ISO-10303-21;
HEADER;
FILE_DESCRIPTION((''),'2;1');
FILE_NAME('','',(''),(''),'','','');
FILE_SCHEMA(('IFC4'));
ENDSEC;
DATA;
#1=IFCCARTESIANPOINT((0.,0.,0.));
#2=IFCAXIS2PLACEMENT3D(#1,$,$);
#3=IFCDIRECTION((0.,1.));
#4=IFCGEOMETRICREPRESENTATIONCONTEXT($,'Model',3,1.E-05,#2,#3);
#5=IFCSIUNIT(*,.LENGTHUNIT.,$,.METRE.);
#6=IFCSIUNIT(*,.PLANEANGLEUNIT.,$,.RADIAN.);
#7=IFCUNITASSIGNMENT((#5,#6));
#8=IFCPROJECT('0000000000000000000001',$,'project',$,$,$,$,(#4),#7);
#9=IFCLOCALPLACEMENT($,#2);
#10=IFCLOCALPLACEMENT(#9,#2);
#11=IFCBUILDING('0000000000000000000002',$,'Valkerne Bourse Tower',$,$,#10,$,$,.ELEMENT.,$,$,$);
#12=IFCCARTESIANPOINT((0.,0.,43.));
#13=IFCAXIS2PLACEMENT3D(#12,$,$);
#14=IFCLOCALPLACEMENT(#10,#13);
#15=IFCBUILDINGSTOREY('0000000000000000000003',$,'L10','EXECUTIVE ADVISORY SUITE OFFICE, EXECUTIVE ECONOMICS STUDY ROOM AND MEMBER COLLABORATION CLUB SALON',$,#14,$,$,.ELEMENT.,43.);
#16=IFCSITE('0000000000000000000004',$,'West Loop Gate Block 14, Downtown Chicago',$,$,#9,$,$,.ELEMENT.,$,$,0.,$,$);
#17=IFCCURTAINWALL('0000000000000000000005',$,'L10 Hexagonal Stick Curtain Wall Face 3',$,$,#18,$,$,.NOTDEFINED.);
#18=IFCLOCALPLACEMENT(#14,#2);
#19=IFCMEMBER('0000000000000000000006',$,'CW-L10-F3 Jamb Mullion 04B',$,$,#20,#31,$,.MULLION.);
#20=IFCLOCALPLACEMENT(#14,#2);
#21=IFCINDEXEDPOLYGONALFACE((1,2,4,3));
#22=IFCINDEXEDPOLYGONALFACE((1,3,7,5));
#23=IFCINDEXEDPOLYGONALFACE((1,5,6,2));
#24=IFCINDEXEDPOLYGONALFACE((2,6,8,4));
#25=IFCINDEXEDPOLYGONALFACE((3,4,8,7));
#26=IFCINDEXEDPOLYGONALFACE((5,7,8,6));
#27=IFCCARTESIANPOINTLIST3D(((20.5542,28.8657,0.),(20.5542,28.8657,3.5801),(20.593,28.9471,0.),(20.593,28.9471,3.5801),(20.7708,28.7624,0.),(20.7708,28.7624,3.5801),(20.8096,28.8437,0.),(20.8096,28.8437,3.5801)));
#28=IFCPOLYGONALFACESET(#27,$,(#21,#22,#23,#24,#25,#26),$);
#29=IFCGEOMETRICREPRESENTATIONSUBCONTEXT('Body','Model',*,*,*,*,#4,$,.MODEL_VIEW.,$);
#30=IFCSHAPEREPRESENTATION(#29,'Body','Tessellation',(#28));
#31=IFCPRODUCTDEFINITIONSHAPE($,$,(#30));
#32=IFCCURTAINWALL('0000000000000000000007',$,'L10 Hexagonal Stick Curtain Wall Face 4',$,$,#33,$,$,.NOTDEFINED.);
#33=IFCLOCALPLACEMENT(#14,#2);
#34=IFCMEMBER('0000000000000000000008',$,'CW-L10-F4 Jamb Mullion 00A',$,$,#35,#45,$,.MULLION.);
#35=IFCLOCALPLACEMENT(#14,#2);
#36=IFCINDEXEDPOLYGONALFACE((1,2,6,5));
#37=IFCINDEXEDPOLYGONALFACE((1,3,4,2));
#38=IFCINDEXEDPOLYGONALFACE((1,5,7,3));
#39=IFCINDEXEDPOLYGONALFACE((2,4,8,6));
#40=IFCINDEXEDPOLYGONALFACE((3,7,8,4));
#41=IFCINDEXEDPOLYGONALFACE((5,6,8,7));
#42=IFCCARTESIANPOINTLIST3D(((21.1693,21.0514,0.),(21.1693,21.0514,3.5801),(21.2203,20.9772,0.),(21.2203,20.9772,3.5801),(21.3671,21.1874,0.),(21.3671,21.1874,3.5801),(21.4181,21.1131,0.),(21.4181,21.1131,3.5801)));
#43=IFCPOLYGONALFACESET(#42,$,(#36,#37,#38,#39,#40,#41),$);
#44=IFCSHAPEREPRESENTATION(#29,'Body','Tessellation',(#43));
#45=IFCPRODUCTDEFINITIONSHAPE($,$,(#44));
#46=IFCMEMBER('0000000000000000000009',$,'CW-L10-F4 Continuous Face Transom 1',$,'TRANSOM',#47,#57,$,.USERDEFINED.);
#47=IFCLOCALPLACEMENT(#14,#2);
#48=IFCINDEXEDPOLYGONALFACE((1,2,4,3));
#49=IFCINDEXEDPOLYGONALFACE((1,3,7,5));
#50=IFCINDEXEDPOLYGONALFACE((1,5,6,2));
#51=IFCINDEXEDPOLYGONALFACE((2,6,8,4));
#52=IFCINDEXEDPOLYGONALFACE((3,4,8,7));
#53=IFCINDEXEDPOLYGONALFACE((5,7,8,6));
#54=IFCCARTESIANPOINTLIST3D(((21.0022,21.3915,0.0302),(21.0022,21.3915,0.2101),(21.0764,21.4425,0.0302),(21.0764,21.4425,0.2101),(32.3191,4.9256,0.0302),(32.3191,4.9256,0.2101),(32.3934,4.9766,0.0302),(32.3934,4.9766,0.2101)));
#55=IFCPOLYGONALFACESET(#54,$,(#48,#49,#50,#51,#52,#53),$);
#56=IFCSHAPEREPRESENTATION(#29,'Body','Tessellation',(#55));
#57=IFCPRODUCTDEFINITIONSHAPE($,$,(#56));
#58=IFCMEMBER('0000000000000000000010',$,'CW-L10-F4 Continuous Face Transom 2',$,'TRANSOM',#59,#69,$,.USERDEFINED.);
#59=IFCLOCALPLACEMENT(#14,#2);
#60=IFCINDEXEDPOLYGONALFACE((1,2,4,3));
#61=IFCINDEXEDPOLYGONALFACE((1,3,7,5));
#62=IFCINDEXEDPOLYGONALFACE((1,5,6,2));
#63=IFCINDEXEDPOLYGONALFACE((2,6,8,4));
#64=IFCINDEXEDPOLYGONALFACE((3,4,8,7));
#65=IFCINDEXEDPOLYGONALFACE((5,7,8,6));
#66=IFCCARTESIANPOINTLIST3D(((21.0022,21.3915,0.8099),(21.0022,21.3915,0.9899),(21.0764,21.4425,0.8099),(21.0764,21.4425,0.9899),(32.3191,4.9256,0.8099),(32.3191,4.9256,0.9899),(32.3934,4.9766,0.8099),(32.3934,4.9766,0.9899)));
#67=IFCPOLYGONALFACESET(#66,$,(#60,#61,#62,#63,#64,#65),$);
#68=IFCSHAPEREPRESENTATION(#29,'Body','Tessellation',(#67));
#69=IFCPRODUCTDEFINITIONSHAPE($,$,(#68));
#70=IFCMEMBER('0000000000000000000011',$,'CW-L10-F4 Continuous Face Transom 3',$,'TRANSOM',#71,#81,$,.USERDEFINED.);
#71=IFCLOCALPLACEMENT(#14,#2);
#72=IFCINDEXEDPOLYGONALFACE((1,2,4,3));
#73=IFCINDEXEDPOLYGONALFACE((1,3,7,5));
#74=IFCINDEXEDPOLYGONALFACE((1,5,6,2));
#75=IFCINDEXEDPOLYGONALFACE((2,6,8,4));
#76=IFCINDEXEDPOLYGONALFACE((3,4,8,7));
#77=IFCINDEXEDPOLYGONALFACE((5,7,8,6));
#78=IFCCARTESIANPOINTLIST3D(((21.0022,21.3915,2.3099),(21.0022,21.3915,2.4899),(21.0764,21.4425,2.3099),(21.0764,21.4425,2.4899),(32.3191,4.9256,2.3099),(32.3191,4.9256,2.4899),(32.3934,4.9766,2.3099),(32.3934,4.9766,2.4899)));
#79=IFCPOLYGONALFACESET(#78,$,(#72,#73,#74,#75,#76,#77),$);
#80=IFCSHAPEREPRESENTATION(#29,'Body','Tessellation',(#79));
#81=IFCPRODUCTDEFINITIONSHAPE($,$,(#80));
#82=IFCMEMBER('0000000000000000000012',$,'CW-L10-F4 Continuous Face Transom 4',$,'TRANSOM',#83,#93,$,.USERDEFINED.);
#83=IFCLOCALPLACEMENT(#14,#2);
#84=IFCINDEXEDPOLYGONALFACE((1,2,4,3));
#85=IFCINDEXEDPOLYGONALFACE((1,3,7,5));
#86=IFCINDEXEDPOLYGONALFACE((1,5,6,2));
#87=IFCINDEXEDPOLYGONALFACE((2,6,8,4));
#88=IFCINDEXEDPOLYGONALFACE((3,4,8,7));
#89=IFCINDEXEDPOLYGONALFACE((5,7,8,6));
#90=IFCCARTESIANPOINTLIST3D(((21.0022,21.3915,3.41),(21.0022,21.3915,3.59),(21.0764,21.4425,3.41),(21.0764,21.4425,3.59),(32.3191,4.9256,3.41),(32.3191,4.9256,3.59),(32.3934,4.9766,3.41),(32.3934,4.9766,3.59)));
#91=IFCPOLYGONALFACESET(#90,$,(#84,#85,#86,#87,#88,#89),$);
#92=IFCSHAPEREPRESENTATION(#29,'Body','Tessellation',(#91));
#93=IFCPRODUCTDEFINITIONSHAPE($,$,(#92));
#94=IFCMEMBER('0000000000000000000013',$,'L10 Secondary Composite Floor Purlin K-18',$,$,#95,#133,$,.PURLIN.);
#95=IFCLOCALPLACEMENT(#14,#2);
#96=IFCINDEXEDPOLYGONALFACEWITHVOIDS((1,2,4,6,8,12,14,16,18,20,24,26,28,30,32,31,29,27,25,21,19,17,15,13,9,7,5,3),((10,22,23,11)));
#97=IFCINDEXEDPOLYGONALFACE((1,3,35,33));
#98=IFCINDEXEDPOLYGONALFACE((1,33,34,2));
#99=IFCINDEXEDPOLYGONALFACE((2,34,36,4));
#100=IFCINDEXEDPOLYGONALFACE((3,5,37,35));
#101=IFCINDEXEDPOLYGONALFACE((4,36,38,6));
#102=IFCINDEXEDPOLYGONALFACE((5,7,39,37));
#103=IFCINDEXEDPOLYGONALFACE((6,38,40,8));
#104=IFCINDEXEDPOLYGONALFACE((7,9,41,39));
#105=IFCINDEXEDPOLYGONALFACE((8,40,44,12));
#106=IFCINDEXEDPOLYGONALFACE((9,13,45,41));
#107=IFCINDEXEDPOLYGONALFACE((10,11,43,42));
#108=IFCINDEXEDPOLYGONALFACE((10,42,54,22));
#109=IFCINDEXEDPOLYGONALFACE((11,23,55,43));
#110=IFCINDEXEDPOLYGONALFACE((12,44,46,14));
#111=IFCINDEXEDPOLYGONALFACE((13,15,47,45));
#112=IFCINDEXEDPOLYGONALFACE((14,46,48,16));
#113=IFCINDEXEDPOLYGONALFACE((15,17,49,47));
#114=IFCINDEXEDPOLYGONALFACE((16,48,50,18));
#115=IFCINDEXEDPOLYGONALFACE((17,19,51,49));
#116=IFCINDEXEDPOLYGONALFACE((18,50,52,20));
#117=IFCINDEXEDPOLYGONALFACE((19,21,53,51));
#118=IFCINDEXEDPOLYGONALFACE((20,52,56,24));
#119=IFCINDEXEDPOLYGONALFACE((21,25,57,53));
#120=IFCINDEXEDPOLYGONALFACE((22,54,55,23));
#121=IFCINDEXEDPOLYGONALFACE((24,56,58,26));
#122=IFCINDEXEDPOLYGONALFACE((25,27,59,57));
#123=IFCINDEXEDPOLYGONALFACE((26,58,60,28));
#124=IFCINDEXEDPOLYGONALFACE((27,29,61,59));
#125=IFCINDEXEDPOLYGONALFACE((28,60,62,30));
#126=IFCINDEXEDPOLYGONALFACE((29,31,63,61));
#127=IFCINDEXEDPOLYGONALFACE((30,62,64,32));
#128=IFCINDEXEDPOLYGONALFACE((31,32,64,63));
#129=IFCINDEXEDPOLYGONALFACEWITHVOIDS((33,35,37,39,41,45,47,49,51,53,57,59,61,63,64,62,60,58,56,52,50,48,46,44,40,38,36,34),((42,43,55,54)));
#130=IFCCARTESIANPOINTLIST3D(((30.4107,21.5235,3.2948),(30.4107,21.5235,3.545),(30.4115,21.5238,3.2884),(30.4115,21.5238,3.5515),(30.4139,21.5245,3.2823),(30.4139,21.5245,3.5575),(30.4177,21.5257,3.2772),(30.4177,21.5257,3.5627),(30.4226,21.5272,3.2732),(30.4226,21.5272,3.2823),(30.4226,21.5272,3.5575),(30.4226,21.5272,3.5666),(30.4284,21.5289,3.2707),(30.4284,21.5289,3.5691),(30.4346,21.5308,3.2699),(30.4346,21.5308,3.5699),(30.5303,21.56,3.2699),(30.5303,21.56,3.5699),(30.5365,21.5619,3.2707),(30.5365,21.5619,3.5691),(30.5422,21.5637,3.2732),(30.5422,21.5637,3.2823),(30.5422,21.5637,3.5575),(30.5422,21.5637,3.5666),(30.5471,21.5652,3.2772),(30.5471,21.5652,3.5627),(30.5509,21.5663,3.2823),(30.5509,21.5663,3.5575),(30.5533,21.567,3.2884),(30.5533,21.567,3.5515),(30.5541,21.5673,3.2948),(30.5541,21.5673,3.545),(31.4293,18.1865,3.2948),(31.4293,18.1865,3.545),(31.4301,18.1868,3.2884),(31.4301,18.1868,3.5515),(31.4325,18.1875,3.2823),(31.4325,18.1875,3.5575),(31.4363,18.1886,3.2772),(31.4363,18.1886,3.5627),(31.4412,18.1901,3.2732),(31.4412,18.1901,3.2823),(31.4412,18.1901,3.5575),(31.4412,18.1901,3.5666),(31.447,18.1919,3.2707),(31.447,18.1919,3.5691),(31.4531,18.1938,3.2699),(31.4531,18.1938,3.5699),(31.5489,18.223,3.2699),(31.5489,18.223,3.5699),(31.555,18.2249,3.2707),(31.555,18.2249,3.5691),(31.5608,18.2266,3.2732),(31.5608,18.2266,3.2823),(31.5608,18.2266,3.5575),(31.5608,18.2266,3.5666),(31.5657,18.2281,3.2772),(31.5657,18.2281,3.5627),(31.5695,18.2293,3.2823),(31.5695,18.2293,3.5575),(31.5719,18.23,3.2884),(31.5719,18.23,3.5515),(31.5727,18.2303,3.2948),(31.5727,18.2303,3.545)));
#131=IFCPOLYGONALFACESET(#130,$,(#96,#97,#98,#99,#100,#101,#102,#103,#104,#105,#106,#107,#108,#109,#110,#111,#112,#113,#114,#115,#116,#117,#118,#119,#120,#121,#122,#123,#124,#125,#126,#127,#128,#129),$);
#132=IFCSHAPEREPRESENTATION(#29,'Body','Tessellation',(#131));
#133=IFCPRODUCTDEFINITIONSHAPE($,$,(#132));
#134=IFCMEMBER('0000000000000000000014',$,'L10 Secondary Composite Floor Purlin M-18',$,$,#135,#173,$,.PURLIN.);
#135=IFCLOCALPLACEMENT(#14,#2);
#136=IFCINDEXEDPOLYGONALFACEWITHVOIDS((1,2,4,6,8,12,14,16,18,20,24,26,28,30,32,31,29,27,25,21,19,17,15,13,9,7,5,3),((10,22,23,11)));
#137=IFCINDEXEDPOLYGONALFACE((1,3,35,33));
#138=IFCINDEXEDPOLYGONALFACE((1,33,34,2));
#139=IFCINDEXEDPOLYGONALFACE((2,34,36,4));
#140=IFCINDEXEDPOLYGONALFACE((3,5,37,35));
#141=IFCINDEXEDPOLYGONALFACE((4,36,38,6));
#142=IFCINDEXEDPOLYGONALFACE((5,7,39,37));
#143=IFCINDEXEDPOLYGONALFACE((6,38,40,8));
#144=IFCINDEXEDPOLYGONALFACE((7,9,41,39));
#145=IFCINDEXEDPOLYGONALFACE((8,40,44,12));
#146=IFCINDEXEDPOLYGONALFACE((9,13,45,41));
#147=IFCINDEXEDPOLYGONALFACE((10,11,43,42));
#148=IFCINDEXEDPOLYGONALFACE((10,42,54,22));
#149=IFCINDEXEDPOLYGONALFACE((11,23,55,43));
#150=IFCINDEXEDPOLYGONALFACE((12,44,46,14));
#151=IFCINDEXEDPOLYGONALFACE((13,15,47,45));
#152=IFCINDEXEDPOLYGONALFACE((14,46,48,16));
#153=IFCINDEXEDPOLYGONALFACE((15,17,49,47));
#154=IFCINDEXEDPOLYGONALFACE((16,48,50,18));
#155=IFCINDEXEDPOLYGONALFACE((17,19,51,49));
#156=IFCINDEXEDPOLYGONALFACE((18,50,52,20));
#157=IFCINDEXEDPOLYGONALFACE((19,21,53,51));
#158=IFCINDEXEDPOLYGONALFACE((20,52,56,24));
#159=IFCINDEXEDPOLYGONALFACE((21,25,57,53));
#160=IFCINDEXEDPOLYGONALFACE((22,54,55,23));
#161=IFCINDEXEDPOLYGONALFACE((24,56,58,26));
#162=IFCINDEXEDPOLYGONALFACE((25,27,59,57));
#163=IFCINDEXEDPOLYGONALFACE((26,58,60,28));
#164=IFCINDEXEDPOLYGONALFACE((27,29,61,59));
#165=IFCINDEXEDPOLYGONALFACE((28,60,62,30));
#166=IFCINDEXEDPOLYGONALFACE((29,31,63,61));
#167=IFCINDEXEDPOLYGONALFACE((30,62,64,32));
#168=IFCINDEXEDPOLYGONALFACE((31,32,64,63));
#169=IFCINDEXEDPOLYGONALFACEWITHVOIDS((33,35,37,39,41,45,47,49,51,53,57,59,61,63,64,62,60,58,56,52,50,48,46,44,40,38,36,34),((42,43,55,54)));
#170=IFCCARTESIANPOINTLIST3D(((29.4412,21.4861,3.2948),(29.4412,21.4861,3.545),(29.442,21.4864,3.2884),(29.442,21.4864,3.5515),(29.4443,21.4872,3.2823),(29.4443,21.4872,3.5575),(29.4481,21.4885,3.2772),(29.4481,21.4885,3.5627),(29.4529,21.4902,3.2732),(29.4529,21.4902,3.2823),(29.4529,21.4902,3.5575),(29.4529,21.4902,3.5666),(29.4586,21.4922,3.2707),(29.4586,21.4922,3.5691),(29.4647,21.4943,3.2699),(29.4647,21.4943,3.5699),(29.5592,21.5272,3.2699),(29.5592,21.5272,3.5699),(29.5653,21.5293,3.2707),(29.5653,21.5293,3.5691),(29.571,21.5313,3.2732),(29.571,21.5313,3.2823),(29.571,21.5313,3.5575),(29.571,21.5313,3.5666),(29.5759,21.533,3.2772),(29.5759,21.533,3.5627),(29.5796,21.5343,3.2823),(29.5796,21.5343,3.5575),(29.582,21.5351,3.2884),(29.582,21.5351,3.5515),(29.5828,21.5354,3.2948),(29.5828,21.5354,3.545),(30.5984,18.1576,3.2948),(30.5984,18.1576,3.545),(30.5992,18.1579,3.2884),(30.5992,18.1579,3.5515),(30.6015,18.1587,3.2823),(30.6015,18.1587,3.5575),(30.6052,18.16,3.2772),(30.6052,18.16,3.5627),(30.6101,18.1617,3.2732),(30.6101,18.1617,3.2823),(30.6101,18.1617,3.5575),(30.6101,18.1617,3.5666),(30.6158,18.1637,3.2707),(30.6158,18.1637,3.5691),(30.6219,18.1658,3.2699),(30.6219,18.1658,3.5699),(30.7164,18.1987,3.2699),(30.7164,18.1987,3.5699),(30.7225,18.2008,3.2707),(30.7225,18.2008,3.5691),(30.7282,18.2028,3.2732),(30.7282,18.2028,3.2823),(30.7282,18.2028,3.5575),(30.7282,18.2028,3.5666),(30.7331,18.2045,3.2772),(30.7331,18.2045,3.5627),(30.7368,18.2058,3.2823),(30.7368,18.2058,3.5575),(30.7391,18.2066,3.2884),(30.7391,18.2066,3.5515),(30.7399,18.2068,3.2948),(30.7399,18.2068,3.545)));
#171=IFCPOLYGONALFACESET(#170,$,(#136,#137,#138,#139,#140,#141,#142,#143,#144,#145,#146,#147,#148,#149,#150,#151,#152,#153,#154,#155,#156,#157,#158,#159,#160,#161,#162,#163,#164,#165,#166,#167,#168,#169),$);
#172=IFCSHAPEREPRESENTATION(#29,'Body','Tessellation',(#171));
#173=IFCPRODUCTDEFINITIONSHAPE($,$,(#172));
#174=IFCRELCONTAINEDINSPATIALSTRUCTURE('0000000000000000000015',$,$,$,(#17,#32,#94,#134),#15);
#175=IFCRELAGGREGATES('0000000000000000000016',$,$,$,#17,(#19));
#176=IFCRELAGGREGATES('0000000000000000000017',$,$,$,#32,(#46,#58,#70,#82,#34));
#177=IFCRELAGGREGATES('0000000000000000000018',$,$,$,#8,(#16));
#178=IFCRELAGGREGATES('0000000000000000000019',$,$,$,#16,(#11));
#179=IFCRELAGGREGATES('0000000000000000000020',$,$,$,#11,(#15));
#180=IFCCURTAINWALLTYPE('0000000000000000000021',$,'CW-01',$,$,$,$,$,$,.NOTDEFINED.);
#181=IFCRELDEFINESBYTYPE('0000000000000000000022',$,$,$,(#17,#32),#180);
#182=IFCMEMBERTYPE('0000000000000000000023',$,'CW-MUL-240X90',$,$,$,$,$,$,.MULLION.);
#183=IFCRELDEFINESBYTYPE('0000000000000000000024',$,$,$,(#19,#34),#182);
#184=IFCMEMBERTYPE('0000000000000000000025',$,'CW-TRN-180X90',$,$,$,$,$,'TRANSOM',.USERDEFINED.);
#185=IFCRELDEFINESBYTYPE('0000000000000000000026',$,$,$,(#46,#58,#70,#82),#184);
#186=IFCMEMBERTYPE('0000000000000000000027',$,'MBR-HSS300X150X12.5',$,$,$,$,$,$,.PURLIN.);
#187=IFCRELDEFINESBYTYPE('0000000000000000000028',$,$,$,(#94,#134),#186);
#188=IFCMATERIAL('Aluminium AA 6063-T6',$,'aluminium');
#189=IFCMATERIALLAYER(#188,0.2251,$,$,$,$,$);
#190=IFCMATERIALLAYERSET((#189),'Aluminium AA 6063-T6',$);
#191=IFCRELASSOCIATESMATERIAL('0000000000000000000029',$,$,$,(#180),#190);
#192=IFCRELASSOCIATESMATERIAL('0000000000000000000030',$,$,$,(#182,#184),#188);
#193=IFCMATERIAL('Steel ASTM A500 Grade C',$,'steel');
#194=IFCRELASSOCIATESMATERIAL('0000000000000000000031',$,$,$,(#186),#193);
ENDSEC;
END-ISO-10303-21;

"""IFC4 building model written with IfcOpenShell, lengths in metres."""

from ifc_helpers import new_model, si_unit, direction, frame, origin, origin_2d, place, context, subcontext, project, spatial, rectangle, hollow_rectangle, extrude, material, layer, layer_set, material_profile, profile_set, type_object, element, aggregate, save


model = new_model("IFC4")

# Units and contexts
model_context = context("Model", 3, precision=1e-05, world=origin(), true_north=direction((0.0, 1.0)))
body_context = subcontext(model_context, "Body", "Model", "MODEL_VIEW")
ifc_project = project(units=[si_unit("LENGTHUNIT", "METRE"), si_unit("PLANEANGLEUNIT", "RADIAN")], contexts=[model_context])

# Site, building, storey
site_placement = place(None, origin())
site = spatial("IfcSite", under=ifc_project, at=site_placement, Name="West Loop Gate Block 14, Downtown Chicago", CompositionType="ELEMENT", RefElevation=0.0)
building_placement = place(site_placement, origin())
building = spatial("IfcBuilding", under=site, at=building_placement, Name="Valkerne Bourse Tower", CompositionType="ELEMENT")
storey_placement = place(building_placement, frame((0.0, 0.0, 43.0)))
storey = spatial("IfcBuildingStorey", under=building, at=storey_placement, Name="L10", Description="EXECUTIVE ADVISORY SUITE OFFICE, EXECUTIVE ECONOMICS STUDY ROOM AND MEMBER COLLABORATION CLUB SALON", CompositionType="ELEMENT", Elevation=43.0)

# Curtain wall, member
ifc_material_1 = material(Name="Aluminium AA 6063-T6", Category="aluminium")
ifc_layer_1 = layer(ifc_material_1, 0.2251)
ifc_layer_set_1 = layer_set([ifc_layer_1], Name="Aluminium AA 6063-T6")
curtain_wall_type = type_object("IfcCurtainWallType", Name="CW-01", PredefinedType="NOTDEFINED", material=ifc_layer_set_1)
curtain_wall_1_placement = place(storey_placement, origin())
curtain_wall_1 = element("IfcCurtainWall", 1, at=curtain_wall_1_placement, inside=storey, type_object=curtain_wall_type, Name="L10 Hexagonal Stick Curtain Wall Face 3", PredefinedType="NOTDEFINED")
ifc_material_profile_1 = material_profile(ifc_material_1, rectangle(XDim=0.0901, YDim=0.24, at=origin_2d()), Name="CWM-90X240")
ifc_profile_set_1 = profile_set([ifc_material_profile_1], Name="Aluminium AA 6063-T6")
member_type_1 = type_object("IfcMemberType", Name="CW-MUL-240X90", PredefinedType="MULLION", material=ifc_profile_set_1)
member_1_placement = place(storey_placement, frame((20.6819, 28.8547, 0.0), z_axis=(0.0, 0.0, 1.0), x_axis=(-0.43051, -0.902586, 0.0)))
member_1 = element("IfcMember", 2, at=member_1_placement, type_object=member_type_1, Name="CW-L10-F3 Jamb Mullion 04B", PredefinedType="MULLION", context=body_context, shape_type="SweptSolid", body=[
    extrude(rectangle(XDim=0.0901, YDim=0.24, at=origin_2d()), origin(), (0.0, 0.0, 1.0), 3.5801),
])

# Curtain wall, members
curtain_wall_2_placement = place(storey_placement, origin())
curtain_wall_2 = element("IfcCurtainWall", 3, at=curtain_wall_2_placement, inside=storey, type_object=curtain_wall_type, Name="L10 Hexagonal Stick Curtain Wall Face 4", PredefinedType="NOTDEFINED")
member_2_placement = place(storey_placement, frame((21.2937, 21.0823, 0.0), z_axis=(0.0, 0.0, 1.0), x_axis=(0.566414, -0.824121, 0.0)))
member_2 = element("IfcMember", 4, at=member_2_placement, type_object=member_type_1, Name="CW-L10-F4 Jamb Mullion 00A", PredefinedType="MULLION", context=body_context, shape_type="SweptSolid", body=[
    extrude(rectangle(XDim=0.0901, YDim=0.24, at=origin_2d()), origin(), (0.0, 0.0, 1.0), 3.5801),
])
ifc_material_profile_2 = material_profile(ifc_material_1, rectangle(XDim=0.0901, YDim=0.1799, at=origin_2d()), Name="CWT-90X180")
ifc_profile_set_2 = profile_set([ifc_material_profile_2], Name="Aluminium AA 6063-T6")
member_type_2 = type_object("IfcMemberType", Name="CW-TRN-180X90", ElementType="TRANSOM", PredefinedType="USERDEFINED", material=ifc_profile_set_2)
member_3_placement = place(storey_placement, frame((21.0393, 21.417, 0.1201), z_axis=(0.566415, -0.82412, 0.0), x_axis=(0.82412, 0.566415, 0.0)))
member_3 = element("IfcMember", 5, at=member_3_placement, type_object=member_type_2, Name="CW-L10-F4 Continuous Face Transom 1", ObjectType="TRANSOM", PredefinedType="USERDEFINED", context=body_context, shape_type="SweptSolid", body=[
    extrude(rectangle(XDim=0.0901, YDim=0.1799, at=origin_2d()), origin(), (0.0, 0.0, 1.0), 19.98),
])
member_4_placement = place(storey_placement, frame((21.0393, 21.417, 0.8999), z_axis=(0.566415, -0.82412, 0.0), x_axis=(0.82412, 0.566415, 0.0)))
member_4 = element("IfcMember", 6, at=member_4_placement, type_object=member_type_2, Name="CW-L10-F4 Continuous Face Transom 2", ObjectType="TRANSOM", PredefinedType="USERDEFINED", context=body_context, shape_type="SweptSolid", body=[
    extrude(rectangle(XDim=0.0901, YDim=0.1799, at=origin_2d()), origin(), (0.0, 0.0, 1.0), 19.98),
])
member_5_placement = place(storey_placement, frame((21.0393, 21.417, 2.3999), z_axis=(0.566415, -0.82412, 0.0), x_axis=(0.82412, 0.566415, 0.0)))
member_5 = element("IfcMember", 7, at=member_5_placement, type_object=member_type_2, Name="CW-L10-F4 Continuous Face Transom 3", ObjectType="TRANSOM", PredefinedType="USERDEFINED", context=body_context, shape_type="SweptSolid", body=[
    extrude(rectangle(XDim=0.0901, YDim=0.1799, at=origin_2d()), origin(), (0.0, 0.0, 1.0), 19.98),
])
member_6_placement = place(storey_placement, frame((21.0393, 21.417, 3.5), z_axis=(0.566415, -0.82412, 0.0), x_axis=(0.82412, 0.566415, 0.0)))
member_6 = element("IfcMember", 8, at=member_6_placement, type_object=member_type_2, Name="CW-L10-F4 Continuous Face Transom 4", ObjectType="TRANSOM", PredefinedType="USERDEFINED", context=body_context, shape_type="SweptSolid", body=[
    extrude(rectangle(XDim=0.0901, YDim=0.1799, at=origin_2d()), origin(), (0.0, 0.0, 1.0), 19.98),
])

# Members
ifc_material_2 = material(Name="Steel ASTM A500 Grade C", Category="steel")
ifc_material_profile_3 = material_profile(ifc_material_2, hollow_rectangle(XDim=0.1499, YDim=0.3, WallThickness=0.0125, OuterFilletRadius=0.0249, at=origin_2d()), Name="HSS300X150X12.5")
ifc_profile_set_3 = profile_set([ifc_material_profile_3], Name="Steel ASTM A500 Grade C")
member_type_3 = type_object("IfcMemberType", Name="MBR-HSS300X150X12.5", PredefinedType="PURLIN", material=ifc_profile_set_3)
member_7_placement = place(storey_placement, frame((30.4824, 21.5454, 3.4199), z_axis=(0.291941, -0.956436, 0.0), x_axis=(0.956436, 0.291941, 0.0)))
element("IfcMember", 9, at=member_7_placement, inside=storey, type_object=member_type_3, Name="L10 Secondary Composite Floor Purlin K-18", PredefinedType="PURLIN", context=body_context, shape_type="SweptSolid", body=[
    extrude(hollow_rectangle(XDim=0.1499, YDim=0.3, WallThickness=0.0125, OuterFilletRadius=0.0249, at=origin_2d()), origin(), (0.0, 0.0, 1.0), 3.489),
])
member_8_placement = place(storey_placement, frame((29.512, 21.5107, 3.4199), z_axis=(0.328381, -0.944545, 0.0), x_axis=(0.944545, 0.328381, 0.0)))
element("IfcMember", 10, at=member_8_placement, inside=storey, type_object=member_type_3, Name="L10 Secondary Composite Floor Purlin M-18", PredefinedType="PURLIN", context=body_context, shape_type="SweptSolid", body=[
    extrude(hollow_rectangle(XDim=0.1499, YDim=0.3, WallThickness=0.0125, OuterFilletRadius=0.0249, at=origin_2d()), origin(), (0.0, 0.0, 1.0), 3.5239),
])

aggregate(curtain_wall_1, [member_1])
aggregate(curtain_wall_2, [member_3, member_4, member_5, member_6, member_2])

save(model, "model.ifc")
